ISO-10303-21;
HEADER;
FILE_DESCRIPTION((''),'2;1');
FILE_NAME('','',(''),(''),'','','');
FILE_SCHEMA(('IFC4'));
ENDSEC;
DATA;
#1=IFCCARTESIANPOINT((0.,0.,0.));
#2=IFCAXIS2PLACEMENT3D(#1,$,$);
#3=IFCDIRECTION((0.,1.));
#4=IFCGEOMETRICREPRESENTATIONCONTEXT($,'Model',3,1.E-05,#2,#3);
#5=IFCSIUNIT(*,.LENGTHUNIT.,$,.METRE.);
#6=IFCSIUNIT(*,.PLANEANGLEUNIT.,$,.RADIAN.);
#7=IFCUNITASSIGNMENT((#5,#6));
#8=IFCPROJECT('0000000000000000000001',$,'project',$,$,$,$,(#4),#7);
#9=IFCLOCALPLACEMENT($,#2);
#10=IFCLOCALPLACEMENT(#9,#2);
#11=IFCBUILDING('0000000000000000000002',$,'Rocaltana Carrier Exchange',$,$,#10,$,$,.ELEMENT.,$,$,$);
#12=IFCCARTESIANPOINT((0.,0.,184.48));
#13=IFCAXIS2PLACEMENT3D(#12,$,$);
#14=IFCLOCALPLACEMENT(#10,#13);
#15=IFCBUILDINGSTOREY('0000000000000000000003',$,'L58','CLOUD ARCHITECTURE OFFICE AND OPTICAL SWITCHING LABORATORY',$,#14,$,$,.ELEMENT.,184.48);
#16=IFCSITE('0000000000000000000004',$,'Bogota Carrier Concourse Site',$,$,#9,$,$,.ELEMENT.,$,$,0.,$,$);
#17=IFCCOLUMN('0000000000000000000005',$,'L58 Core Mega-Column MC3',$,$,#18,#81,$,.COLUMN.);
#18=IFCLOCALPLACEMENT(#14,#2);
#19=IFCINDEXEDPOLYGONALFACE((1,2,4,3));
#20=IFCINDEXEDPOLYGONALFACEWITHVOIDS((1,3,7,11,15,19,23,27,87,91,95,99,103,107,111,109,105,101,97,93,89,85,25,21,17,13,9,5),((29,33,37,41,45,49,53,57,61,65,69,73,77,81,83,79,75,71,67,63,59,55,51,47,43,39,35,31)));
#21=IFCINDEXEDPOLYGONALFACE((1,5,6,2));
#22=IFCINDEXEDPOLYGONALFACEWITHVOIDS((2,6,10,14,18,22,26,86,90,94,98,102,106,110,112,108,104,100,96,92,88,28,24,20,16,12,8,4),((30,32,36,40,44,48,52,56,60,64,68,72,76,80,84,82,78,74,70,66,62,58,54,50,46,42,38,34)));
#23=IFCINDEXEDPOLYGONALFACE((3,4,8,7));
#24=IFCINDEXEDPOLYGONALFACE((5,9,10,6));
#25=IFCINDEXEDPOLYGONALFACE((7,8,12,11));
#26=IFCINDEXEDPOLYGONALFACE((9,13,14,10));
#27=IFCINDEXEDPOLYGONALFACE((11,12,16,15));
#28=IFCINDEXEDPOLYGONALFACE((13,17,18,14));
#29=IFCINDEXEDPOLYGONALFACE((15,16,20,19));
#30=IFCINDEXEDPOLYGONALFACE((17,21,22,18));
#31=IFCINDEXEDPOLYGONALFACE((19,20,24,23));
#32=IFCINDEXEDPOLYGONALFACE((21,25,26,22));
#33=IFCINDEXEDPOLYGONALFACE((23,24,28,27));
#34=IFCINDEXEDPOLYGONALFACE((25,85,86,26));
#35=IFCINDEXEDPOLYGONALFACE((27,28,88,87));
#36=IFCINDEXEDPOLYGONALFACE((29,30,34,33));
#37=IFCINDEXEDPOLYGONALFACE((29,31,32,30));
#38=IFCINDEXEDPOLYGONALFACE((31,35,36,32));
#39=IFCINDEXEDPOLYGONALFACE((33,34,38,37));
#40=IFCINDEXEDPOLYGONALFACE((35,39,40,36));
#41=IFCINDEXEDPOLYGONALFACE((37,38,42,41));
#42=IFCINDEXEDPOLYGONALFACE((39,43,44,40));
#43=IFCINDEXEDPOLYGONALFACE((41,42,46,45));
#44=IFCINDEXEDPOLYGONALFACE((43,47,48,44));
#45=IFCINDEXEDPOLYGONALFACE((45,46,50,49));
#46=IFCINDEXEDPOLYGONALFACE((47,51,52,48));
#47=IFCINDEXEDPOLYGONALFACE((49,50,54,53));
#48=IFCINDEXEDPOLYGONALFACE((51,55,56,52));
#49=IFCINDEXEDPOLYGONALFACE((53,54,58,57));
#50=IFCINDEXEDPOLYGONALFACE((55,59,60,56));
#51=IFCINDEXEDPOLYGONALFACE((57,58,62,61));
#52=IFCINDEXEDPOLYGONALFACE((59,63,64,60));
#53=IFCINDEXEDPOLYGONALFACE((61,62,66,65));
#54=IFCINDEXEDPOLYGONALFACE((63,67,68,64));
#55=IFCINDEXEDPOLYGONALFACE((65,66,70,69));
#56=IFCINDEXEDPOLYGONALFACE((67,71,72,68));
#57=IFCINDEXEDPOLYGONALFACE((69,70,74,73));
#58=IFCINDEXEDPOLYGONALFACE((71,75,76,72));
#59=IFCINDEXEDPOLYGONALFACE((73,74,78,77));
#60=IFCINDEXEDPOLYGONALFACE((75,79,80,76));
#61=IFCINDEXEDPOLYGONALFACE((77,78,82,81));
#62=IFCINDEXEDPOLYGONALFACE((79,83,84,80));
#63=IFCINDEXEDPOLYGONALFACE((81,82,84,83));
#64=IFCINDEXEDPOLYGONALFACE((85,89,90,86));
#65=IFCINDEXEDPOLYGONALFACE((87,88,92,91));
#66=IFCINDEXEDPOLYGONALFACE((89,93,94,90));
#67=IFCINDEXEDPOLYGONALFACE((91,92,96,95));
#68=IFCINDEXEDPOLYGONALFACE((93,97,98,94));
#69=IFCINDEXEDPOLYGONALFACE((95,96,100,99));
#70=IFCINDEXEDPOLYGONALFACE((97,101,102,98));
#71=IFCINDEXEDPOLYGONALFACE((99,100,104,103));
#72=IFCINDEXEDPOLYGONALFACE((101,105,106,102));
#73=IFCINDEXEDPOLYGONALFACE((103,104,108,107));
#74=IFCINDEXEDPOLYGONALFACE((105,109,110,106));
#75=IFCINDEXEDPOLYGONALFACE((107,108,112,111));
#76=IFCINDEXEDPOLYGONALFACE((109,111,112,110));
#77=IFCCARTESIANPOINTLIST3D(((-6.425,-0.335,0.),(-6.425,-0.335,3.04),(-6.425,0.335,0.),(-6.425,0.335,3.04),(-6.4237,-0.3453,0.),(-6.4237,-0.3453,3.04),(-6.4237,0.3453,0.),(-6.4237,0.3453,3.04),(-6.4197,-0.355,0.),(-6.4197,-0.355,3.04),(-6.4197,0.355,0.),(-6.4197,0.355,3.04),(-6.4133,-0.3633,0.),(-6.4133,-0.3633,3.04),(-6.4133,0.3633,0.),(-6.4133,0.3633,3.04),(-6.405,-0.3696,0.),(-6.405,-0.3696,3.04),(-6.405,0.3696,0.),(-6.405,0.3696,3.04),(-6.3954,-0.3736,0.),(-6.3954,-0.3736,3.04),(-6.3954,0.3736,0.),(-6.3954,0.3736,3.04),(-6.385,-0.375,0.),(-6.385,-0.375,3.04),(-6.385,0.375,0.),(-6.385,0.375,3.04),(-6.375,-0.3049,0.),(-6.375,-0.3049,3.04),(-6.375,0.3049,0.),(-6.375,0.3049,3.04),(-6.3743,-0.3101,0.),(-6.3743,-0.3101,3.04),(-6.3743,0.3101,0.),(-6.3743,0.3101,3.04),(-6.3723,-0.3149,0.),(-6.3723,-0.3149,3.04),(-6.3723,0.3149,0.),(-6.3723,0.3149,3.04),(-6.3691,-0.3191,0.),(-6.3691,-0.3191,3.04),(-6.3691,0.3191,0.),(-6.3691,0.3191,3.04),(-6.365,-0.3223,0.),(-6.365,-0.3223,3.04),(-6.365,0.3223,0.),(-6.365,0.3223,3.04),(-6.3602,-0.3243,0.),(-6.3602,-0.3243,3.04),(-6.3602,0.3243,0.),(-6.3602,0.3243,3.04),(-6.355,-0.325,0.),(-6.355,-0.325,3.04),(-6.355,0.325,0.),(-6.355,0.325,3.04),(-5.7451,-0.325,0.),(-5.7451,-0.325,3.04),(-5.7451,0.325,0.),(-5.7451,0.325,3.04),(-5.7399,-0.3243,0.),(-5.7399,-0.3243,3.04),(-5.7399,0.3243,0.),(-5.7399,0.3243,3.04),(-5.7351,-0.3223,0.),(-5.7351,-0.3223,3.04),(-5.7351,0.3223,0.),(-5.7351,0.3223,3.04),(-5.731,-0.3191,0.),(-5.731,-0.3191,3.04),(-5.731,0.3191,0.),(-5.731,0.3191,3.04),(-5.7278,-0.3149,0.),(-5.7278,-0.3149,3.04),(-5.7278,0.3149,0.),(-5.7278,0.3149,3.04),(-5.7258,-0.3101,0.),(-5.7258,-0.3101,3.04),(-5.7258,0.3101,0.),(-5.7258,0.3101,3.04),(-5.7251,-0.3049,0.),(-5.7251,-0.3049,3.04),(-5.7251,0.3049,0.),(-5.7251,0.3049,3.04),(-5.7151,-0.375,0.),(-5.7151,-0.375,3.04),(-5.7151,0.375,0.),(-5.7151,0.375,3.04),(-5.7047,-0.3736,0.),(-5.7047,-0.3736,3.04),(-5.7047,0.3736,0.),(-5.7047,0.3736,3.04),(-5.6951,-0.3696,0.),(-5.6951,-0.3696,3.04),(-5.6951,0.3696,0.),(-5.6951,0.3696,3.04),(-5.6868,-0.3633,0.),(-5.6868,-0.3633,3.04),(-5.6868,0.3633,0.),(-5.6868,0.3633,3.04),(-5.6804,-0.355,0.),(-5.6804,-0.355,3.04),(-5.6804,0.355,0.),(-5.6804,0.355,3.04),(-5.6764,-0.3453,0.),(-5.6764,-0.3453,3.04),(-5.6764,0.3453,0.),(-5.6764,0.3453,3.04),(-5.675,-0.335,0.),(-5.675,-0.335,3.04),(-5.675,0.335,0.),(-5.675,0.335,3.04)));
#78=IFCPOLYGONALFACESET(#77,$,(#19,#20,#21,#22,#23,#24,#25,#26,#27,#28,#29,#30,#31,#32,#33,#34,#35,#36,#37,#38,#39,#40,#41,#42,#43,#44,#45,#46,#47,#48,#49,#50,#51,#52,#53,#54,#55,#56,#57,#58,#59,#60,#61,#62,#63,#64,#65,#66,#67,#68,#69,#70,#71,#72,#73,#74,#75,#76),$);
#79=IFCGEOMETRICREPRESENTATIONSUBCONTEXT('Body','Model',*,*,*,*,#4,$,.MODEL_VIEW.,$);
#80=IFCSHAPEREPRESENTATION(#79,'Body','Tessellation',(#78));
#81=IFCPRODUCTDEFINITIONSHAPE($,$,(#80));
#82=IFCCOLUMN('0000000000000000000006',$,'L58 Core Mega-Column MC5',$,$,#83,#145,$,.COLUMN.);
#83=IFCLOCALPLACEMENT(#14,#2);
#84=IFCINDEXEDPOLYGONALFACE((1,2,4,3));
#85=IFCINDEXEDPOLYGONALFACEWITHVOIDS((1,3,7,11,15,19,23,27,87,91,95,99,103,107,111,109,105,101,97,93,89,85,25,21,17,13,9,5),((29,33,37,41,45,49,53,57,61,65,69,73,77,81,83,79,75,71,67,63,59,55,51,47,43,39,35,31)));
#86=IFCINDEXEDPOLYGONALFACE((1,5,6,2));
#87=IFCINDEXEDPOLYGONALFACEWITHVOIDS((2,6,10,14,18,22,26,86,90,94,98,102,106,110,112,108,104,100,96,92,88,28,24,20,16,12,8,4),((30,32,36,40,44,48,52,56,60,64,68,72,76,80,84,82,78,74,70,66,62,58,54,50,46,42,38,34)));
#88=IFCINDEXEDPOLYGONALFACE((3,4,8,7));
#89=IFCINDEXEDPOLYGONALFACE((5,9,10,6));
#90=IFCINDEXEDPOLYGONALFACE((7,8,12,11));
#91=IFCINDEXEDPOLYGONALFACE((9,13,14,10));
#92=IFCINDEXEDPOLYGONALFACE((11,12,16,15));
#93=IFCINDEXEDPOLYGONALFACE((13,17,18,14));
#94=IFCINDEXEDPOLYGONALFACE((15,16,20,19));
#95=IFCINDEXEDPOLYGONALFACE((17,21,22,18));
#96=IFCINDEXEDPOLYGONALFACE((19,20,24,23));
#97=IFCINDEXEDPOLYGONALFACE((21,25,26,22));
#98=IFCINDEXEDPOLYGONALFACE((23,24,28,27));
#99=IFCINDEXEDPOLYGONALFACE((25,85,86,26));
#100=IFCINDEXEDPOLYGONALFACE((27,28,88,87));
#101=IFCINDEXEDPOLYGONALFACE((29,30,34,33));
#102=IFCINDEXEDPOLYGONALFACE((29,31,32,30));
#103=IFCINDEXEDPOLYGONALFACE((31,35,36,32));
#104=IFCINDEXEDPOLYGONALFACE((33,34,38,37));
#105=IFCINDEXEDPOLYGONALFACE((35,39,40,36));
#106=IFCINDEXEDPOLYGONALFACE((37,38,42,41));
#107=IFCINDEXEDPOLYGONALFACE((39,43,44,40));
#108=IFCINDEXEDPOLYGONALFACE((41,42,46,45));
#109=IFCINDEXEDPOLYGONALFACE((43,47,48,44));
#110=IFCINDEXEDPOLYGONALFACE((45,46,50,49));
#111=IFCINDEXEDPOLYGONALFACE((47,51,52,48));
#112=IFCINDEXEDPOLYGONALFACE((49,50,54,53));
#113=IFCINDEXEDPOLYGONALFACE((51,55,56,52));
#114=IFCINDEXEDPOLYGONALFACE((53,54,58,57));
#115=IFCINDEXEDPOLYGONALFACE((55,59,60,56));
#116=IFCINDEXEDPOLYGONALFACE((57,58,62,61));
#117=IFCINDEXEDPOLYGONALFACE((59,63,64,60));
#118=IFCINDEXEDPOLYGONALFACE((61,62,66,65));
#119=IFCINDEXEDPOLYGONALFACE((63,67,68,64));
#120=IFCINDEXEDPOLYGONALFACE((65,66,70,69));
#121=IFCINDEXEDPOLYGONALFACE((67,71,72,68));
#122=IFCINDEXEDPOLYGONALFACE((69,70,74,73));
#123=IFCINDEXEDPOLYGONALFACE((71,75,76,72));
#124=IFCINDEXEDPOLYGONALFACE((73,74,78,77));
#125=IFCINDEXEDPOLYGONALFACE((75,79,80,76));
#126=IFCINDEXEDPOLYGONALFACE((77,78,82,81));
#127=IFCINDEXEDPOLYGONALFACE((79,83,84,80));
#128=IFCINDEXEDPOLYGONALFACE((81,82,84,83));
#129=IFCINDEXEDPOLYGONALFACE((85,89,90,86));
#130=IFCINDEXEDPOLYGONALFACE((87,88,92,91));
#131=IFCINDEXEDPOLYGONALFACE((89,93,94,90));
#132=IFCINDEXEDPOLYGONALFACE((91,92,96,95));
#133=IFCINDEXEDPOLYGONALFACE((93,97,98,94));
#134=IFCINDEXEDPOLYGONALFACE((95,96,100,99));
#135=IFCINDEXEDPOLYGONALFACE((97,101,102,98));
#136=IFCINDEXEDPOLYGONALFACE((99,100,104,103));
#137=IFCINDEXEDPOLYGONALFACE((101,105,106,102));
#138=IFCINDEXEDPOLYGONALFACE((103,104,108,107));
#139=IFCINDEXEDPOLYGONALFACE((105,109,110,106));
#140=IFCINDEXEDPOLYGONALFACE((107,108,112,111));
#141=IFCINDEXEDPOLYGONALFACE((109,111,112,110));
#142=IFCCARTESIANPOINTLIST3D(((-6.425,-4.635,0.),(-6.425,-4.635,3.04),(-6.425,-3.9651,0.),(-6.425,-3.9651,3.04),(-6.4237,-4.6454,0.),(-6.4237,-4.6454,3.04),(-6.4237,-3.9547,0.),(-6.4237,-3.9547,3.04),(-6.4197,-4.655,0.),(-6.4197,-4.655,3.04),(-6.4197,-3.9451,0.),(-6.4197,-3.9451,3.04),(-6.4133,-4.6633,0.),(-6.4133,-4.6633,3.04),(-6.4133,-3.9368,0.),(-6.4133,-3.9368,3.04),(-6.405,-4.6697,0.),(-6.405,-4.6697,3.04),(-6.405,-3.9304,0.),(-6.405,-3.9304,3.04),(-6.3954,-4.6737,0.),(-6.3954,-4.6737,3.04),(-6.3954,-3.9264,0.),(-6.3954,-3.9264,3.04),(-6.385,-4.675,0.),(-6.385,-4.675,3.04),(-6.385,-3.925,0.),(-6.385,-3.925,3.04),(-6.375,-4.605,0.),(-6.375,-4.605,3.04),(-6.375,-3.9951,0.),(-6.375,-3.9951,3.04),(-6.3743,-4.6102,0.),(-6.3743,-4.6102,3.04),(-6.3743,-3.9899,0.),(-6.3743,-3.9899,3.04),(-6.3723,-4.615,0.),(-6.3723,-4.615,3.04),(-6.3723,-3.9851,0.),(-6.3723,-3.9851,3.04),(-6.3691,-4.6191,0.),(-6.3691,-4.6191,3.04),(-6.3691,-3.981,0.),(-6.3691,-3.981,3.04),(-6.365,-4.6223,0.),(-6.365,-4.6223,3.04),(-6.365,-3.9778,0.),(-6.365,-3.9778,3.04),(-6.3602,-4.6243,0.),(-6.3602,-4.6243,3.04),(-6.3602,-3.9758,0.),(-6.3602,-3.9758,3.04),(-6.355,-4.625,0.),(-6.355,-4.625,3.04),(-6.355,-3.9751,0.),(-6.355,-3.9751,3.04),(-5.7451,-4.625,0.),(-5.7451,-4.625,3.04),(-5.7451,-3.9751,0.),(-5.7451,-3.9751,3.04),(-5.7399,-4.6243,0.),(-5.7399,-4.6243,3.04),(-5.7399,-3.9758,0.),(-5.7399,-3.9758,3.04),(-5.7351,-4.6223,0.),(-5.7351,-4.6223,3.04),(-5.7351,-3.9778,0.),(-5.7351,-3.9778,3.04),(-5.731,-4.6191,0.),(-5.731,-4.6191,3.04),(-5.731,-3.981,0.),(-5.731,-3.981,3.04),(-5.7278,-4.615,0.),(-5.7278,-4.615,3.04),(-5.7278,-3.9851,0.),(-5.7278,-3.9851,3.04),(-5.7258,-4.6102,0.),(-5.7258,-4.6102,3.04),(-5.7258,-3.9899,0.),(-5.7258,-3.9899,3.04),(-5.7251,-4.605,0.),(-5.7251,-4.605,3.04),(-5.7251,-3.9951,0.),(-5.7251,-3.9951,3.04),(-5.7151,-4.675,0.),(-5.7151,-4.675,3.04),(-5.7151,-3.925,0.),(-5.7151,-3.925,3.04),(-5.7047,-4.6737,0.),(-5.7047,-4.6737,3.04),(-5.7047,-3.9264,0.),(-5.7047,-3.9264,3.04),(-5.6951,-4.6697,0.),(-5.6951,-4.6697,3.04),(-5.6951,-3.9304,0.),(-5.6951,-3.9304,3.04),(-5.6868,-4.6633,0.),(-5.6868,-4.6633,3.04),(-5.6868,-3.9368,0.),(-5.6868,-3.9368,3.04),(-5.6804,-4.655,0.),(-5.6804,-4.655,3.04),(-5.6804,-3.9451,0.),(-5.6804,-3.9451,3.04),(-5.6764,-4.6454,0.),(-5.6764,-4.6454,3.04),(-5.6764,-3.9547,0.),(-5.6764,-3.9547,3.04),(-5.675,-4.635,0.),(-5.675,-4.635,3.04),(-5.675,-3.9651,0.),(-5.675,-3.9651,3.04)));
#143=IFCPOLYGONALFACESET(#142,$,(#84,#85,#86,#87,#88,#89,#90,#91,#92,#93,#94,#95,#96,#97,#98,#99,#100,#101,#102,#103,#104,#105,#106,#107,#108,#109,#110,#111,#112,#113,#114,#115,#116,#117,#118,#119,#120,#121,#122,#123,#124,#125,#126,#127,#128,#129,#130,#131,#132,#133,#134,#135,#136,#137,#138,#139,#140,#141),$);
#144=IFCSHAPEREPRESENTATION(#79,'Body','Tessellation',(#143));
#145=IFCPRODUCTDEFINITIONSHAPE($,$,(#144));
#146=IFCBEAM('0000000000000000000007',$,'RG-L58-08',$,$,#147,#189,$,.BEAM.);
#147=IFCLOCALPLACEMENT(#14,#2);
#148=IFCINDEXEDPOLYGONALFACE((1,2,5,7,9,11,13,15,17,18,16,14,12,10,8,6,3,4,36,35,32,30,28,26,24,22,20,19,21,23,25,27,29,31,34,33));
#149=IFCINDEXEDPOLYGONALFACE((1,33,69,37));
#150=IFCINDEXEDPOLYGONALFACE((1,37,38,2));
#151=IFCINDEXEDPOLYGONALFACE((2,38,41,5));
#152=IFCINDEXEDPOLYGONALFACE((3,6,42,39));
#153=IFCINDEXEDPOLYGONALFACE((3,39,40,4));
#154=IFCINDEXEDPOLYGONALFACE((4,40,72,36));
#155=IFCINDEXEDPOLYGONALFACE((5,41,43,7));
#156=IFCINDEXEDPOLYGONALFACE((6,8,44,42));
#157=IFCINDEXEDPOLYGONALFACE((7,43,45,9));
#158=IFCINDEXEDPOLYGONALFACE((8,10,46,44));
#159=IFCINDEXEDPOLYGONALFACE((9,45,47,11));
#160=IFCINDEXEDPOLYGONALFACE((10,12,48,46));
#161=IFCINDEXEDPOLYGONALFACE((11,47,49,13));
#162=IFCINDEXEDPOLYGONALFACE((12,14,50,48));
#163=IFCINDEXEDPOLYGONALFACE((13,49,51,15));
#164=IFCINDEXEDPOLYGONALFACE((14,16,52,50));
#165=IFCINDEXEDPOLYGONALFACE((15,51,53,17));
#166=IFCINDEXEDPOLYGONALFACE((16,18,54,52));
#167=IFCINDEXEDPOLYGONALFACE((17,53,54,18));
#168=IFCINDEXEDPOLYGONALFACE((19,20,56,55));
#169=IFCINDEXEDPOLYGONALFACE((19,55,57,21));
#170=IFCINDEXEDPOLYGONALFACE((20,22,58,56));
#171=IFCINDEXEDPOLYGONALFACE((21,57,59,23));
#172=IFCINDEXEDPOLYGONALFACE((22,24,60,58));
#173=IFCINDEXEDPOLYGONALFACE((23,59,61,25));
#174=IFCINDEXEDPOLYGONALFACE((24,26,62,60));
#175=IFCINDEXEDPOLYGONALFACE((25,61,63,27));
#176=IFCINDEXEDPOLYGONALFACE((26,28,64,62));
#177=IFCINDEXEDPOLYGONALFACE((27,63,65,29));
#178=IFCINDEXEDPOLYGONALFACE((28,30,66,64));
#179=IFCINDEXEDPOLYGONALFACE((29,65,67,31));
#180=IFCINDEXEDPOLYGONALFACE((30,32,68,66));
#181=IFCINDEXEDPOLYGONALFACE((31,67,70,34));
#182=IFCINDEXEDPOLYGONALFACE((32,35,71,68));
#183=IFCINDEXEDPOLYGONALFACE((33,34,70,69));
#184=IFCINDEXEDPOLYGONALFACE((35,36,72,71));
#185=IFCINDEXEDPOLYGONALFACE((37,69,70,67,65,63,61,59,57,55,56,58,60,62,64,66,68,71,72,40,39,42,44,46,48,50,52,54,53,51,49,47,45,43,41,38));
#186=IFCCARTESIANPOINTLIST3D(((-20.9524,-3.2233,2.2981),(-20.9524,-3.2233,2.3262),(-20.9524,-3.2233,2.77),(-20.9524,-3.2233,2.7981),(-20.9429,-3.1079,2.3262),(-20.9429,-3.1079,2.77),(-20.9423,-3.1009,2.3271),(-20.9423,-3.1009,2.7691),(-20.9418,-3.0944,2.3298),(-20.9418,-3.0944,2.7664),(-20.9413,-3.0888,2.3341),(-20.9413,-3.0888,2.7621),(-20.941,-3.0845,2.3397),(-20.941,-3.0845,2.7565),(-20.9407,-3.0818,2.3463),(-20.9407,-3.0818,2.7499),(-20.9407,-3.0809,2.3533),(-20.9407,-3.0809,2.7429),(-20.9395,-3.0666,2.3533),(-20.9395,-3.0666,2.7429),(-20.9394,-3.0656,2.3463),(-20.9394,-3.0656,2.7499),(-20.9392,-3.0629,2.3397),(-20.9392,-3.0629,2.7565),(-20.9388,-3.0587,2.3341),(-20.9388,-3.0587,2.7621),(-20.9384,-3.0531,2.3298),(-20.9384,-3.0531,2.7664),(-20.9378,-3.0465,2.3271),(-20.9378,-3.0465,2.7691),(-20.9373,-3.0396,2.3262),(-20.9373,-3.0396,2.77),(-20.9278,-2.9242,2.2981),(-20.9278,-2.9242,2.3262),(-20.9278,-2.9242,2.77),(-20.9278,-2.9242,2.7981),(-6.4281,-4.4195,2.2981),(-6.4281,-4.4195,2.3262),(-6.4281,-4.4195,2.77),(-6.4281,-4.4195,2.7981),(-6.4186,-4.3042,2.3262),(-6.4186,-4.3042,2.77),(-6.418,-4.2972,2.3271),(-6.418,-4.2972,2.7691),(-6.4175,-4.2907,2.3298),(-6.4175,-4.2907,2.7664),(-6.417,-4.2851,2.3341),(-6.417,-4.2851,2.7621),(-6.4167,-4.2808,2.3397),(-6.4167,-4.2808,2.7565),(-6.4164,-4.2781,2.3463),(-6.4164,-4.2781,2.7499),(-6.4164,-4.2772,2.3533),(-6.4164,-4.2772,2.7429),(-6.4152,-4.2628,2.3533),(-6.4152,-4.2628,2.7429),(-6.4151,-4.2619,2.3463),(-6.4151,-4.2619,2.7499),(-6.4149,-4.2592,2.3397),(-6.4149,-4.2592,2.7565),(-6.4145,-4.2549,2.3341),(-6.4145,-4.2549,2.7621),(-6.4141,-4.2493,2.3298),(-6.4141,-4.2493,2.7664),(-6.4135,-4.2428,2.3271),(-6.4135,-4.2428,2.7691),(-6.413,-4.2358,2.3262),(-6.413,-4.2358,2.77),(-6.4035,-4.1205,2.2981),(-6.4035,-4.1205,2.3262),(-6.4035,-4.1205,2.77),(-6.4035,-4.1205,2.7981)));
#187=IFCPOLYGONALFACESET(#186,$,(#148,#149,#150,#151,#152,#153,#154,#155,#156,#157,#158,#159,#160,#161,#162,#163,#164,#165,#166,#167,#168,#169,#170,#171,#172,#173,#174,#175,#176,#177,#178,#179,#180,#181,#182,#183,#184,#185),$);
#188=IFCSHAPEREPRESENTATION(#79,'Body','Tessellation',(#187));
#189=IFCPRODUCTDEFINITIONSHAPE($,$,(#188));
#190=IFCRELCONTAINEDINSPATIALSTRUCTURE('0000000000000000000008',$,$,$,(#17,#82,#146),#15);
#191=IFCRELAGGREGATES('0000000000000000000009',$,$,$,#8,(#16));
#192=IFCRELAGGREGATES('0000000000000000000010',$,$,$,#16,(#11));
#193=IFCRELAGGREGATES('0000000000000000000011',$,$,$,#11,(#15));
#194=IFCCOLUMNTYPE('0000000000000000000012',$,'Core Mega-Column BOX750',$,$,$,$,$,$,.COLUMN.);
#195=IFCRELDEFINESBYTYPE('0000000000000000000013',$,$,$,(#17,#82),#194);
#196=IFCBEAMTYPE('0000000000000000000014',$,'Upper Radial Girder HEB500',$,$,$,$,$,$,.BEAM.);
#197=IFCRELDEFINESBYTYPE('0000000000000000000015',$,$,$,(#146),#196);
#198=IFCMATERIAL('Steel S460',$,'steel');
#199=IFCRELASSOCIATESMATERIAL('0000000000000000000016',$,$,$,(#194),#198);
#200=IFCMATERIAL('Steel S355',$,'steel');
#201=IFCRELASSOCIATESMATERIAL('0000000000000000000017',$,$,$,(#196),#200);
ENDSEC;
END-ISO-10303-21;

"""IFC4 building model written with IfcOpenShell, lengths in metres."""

from ifc_helpers import new_model, si_unit, direction, frame, origin, origin_2d, place, context, subcontext, project, spatial, hollow_rectangle, i_section, extrude, material, material_profile, profile_set, type_object, element, save


model = new_model("IFC4")

# Units and contexts
model_context = context("Model", 3, precision=1e-05, world=origin(), true_north=direction((0.0, 1.0)))
body_context = subcontext(model_context, "Body", "Model", "MODEL_VIEW")
ifc_project = project(units=[si_unit("LENGTHUNIT", "METRE"), si_unit("PLANEANGLEUNIT", "RADIAN")], contexts=[model_context])

# Site, building, storey
site_placement = place(None, origin())
site = spatial("IfcSite", under=ifc_project, at=site_placement, Name="Bogota Carrier Concourse Site", CompositionType="ELEMENT", RefElevation=0.0)
building_placement = place(site_placement, origin())
building = spatial("IfcBuilding", under=site, at=building_placement, Name="Rocaltana Carrier Exchange", CompositionType="ELEMENT")
storey_placement = place(building_placement, frame((0.0, 0.0, 184.48)))
storey = spatial("IfcBuildingStorey", under=building, at=storey_placement, Name="L58", Description="CLOUD ARCHITECTURE OFFICE AND OPTICAL SWITCHING LABORATORY", CompositionType="ELEMENT", Elevation=184.48)

# Columns
ifc_material_1 = material(Name="Steel S460", Category="steel")
ifc_material_profile_1 = material_profile(ifc_material_1, hollow_rectangle(XDim=0.75, YDim=0.75, WallThickness=0.05, InnerFilletRadius=0.02, OuterFilletRadius=0.04, at=origin_2d()), Name="BOX750X750X50")
ifc_profile_set_1 = profile_set([ifc_material_profile_1], Name="Steel S460")
column_type = type_object("IfcColumnType", Name="Core Mega-Column BOX750", PredefinedType="COLUMN", material=ifc_profile_set_1)
for number, where, z_axis, x_axis, name in (
    (1, (-6.05, 0.0, 0.0), (0.0, 0.0, 1.0), (1.0, 0.0, 0.0), "L58 Core Mega-Column MC3"),
    (2, (-6.05, -4.3, 0.0), (0.0, 0.0, 1.0), (1.0, 0.0, 0.0), "L58 Core Mega-Column MC5"),
):
    element("IfcColumn", number, at=place(storey_placement, frame(where, z_axis=z_axis, x_axis=x_axis)), inside=storey, type_object=column_type, Name=name, PredefinedType="COLUMN", context=body_context, shape_type="SweptSolid", body=[
        extrude(hollow_rectangle(XDim=0.75, YDim=0.75, WallThickness=0.05, InnerFilletRadius=0.02, OuterFilletRadius=0.04, at=origin_2d()), origin(), (0.0, 0.0, 1.0), 3.04),
    ])

# Beam
ifc_material_2 = material(Name="Steel S355", Category="steel")
ifc_material_profile_2 = material_profile(ifc_material_2, i_section(OverallWidth=0.3, OverallDepth=0.5, WebThickness=0.0144, FlangeThickness=0.0281, FilletRadius=0.0271, at=origin_2d()), Name="HEB500")
ifc_profile_set_2 = profile_set([ifc_material_profile_2], Name="Steel S355")
beam_type = type_object("IfcBeamType", Name="Upper Radial Girder HEB500", PredefinedType="BEAM", material=ifc_profile_set_2)
beam_placement = place(storey_placement, frame((-6.4158, -4.27, 2.5481), z_axis=(-0.996625, 0.082086, 0.0), x_axis=(-0.082086, -0.996625, 0.0)))
element("IfcBeam", 3, at=beam_placement, inside=storey, type_object=beam_type, Name="RG-L58-08", PredefinedType="BEAM", context=body_context, shape_type="SweptSolid", body=[
    extrude(i_section(OverallWidth=0.3, OverallDepth=0.5, WebThickness=0.0144, FlangeThickness=0.0281, FilletRadius=0.0271, at=origin_2d()), origin(), (0.0, 0.0, 1.0), 14.5735),
])

save(model, "model.ifc")
